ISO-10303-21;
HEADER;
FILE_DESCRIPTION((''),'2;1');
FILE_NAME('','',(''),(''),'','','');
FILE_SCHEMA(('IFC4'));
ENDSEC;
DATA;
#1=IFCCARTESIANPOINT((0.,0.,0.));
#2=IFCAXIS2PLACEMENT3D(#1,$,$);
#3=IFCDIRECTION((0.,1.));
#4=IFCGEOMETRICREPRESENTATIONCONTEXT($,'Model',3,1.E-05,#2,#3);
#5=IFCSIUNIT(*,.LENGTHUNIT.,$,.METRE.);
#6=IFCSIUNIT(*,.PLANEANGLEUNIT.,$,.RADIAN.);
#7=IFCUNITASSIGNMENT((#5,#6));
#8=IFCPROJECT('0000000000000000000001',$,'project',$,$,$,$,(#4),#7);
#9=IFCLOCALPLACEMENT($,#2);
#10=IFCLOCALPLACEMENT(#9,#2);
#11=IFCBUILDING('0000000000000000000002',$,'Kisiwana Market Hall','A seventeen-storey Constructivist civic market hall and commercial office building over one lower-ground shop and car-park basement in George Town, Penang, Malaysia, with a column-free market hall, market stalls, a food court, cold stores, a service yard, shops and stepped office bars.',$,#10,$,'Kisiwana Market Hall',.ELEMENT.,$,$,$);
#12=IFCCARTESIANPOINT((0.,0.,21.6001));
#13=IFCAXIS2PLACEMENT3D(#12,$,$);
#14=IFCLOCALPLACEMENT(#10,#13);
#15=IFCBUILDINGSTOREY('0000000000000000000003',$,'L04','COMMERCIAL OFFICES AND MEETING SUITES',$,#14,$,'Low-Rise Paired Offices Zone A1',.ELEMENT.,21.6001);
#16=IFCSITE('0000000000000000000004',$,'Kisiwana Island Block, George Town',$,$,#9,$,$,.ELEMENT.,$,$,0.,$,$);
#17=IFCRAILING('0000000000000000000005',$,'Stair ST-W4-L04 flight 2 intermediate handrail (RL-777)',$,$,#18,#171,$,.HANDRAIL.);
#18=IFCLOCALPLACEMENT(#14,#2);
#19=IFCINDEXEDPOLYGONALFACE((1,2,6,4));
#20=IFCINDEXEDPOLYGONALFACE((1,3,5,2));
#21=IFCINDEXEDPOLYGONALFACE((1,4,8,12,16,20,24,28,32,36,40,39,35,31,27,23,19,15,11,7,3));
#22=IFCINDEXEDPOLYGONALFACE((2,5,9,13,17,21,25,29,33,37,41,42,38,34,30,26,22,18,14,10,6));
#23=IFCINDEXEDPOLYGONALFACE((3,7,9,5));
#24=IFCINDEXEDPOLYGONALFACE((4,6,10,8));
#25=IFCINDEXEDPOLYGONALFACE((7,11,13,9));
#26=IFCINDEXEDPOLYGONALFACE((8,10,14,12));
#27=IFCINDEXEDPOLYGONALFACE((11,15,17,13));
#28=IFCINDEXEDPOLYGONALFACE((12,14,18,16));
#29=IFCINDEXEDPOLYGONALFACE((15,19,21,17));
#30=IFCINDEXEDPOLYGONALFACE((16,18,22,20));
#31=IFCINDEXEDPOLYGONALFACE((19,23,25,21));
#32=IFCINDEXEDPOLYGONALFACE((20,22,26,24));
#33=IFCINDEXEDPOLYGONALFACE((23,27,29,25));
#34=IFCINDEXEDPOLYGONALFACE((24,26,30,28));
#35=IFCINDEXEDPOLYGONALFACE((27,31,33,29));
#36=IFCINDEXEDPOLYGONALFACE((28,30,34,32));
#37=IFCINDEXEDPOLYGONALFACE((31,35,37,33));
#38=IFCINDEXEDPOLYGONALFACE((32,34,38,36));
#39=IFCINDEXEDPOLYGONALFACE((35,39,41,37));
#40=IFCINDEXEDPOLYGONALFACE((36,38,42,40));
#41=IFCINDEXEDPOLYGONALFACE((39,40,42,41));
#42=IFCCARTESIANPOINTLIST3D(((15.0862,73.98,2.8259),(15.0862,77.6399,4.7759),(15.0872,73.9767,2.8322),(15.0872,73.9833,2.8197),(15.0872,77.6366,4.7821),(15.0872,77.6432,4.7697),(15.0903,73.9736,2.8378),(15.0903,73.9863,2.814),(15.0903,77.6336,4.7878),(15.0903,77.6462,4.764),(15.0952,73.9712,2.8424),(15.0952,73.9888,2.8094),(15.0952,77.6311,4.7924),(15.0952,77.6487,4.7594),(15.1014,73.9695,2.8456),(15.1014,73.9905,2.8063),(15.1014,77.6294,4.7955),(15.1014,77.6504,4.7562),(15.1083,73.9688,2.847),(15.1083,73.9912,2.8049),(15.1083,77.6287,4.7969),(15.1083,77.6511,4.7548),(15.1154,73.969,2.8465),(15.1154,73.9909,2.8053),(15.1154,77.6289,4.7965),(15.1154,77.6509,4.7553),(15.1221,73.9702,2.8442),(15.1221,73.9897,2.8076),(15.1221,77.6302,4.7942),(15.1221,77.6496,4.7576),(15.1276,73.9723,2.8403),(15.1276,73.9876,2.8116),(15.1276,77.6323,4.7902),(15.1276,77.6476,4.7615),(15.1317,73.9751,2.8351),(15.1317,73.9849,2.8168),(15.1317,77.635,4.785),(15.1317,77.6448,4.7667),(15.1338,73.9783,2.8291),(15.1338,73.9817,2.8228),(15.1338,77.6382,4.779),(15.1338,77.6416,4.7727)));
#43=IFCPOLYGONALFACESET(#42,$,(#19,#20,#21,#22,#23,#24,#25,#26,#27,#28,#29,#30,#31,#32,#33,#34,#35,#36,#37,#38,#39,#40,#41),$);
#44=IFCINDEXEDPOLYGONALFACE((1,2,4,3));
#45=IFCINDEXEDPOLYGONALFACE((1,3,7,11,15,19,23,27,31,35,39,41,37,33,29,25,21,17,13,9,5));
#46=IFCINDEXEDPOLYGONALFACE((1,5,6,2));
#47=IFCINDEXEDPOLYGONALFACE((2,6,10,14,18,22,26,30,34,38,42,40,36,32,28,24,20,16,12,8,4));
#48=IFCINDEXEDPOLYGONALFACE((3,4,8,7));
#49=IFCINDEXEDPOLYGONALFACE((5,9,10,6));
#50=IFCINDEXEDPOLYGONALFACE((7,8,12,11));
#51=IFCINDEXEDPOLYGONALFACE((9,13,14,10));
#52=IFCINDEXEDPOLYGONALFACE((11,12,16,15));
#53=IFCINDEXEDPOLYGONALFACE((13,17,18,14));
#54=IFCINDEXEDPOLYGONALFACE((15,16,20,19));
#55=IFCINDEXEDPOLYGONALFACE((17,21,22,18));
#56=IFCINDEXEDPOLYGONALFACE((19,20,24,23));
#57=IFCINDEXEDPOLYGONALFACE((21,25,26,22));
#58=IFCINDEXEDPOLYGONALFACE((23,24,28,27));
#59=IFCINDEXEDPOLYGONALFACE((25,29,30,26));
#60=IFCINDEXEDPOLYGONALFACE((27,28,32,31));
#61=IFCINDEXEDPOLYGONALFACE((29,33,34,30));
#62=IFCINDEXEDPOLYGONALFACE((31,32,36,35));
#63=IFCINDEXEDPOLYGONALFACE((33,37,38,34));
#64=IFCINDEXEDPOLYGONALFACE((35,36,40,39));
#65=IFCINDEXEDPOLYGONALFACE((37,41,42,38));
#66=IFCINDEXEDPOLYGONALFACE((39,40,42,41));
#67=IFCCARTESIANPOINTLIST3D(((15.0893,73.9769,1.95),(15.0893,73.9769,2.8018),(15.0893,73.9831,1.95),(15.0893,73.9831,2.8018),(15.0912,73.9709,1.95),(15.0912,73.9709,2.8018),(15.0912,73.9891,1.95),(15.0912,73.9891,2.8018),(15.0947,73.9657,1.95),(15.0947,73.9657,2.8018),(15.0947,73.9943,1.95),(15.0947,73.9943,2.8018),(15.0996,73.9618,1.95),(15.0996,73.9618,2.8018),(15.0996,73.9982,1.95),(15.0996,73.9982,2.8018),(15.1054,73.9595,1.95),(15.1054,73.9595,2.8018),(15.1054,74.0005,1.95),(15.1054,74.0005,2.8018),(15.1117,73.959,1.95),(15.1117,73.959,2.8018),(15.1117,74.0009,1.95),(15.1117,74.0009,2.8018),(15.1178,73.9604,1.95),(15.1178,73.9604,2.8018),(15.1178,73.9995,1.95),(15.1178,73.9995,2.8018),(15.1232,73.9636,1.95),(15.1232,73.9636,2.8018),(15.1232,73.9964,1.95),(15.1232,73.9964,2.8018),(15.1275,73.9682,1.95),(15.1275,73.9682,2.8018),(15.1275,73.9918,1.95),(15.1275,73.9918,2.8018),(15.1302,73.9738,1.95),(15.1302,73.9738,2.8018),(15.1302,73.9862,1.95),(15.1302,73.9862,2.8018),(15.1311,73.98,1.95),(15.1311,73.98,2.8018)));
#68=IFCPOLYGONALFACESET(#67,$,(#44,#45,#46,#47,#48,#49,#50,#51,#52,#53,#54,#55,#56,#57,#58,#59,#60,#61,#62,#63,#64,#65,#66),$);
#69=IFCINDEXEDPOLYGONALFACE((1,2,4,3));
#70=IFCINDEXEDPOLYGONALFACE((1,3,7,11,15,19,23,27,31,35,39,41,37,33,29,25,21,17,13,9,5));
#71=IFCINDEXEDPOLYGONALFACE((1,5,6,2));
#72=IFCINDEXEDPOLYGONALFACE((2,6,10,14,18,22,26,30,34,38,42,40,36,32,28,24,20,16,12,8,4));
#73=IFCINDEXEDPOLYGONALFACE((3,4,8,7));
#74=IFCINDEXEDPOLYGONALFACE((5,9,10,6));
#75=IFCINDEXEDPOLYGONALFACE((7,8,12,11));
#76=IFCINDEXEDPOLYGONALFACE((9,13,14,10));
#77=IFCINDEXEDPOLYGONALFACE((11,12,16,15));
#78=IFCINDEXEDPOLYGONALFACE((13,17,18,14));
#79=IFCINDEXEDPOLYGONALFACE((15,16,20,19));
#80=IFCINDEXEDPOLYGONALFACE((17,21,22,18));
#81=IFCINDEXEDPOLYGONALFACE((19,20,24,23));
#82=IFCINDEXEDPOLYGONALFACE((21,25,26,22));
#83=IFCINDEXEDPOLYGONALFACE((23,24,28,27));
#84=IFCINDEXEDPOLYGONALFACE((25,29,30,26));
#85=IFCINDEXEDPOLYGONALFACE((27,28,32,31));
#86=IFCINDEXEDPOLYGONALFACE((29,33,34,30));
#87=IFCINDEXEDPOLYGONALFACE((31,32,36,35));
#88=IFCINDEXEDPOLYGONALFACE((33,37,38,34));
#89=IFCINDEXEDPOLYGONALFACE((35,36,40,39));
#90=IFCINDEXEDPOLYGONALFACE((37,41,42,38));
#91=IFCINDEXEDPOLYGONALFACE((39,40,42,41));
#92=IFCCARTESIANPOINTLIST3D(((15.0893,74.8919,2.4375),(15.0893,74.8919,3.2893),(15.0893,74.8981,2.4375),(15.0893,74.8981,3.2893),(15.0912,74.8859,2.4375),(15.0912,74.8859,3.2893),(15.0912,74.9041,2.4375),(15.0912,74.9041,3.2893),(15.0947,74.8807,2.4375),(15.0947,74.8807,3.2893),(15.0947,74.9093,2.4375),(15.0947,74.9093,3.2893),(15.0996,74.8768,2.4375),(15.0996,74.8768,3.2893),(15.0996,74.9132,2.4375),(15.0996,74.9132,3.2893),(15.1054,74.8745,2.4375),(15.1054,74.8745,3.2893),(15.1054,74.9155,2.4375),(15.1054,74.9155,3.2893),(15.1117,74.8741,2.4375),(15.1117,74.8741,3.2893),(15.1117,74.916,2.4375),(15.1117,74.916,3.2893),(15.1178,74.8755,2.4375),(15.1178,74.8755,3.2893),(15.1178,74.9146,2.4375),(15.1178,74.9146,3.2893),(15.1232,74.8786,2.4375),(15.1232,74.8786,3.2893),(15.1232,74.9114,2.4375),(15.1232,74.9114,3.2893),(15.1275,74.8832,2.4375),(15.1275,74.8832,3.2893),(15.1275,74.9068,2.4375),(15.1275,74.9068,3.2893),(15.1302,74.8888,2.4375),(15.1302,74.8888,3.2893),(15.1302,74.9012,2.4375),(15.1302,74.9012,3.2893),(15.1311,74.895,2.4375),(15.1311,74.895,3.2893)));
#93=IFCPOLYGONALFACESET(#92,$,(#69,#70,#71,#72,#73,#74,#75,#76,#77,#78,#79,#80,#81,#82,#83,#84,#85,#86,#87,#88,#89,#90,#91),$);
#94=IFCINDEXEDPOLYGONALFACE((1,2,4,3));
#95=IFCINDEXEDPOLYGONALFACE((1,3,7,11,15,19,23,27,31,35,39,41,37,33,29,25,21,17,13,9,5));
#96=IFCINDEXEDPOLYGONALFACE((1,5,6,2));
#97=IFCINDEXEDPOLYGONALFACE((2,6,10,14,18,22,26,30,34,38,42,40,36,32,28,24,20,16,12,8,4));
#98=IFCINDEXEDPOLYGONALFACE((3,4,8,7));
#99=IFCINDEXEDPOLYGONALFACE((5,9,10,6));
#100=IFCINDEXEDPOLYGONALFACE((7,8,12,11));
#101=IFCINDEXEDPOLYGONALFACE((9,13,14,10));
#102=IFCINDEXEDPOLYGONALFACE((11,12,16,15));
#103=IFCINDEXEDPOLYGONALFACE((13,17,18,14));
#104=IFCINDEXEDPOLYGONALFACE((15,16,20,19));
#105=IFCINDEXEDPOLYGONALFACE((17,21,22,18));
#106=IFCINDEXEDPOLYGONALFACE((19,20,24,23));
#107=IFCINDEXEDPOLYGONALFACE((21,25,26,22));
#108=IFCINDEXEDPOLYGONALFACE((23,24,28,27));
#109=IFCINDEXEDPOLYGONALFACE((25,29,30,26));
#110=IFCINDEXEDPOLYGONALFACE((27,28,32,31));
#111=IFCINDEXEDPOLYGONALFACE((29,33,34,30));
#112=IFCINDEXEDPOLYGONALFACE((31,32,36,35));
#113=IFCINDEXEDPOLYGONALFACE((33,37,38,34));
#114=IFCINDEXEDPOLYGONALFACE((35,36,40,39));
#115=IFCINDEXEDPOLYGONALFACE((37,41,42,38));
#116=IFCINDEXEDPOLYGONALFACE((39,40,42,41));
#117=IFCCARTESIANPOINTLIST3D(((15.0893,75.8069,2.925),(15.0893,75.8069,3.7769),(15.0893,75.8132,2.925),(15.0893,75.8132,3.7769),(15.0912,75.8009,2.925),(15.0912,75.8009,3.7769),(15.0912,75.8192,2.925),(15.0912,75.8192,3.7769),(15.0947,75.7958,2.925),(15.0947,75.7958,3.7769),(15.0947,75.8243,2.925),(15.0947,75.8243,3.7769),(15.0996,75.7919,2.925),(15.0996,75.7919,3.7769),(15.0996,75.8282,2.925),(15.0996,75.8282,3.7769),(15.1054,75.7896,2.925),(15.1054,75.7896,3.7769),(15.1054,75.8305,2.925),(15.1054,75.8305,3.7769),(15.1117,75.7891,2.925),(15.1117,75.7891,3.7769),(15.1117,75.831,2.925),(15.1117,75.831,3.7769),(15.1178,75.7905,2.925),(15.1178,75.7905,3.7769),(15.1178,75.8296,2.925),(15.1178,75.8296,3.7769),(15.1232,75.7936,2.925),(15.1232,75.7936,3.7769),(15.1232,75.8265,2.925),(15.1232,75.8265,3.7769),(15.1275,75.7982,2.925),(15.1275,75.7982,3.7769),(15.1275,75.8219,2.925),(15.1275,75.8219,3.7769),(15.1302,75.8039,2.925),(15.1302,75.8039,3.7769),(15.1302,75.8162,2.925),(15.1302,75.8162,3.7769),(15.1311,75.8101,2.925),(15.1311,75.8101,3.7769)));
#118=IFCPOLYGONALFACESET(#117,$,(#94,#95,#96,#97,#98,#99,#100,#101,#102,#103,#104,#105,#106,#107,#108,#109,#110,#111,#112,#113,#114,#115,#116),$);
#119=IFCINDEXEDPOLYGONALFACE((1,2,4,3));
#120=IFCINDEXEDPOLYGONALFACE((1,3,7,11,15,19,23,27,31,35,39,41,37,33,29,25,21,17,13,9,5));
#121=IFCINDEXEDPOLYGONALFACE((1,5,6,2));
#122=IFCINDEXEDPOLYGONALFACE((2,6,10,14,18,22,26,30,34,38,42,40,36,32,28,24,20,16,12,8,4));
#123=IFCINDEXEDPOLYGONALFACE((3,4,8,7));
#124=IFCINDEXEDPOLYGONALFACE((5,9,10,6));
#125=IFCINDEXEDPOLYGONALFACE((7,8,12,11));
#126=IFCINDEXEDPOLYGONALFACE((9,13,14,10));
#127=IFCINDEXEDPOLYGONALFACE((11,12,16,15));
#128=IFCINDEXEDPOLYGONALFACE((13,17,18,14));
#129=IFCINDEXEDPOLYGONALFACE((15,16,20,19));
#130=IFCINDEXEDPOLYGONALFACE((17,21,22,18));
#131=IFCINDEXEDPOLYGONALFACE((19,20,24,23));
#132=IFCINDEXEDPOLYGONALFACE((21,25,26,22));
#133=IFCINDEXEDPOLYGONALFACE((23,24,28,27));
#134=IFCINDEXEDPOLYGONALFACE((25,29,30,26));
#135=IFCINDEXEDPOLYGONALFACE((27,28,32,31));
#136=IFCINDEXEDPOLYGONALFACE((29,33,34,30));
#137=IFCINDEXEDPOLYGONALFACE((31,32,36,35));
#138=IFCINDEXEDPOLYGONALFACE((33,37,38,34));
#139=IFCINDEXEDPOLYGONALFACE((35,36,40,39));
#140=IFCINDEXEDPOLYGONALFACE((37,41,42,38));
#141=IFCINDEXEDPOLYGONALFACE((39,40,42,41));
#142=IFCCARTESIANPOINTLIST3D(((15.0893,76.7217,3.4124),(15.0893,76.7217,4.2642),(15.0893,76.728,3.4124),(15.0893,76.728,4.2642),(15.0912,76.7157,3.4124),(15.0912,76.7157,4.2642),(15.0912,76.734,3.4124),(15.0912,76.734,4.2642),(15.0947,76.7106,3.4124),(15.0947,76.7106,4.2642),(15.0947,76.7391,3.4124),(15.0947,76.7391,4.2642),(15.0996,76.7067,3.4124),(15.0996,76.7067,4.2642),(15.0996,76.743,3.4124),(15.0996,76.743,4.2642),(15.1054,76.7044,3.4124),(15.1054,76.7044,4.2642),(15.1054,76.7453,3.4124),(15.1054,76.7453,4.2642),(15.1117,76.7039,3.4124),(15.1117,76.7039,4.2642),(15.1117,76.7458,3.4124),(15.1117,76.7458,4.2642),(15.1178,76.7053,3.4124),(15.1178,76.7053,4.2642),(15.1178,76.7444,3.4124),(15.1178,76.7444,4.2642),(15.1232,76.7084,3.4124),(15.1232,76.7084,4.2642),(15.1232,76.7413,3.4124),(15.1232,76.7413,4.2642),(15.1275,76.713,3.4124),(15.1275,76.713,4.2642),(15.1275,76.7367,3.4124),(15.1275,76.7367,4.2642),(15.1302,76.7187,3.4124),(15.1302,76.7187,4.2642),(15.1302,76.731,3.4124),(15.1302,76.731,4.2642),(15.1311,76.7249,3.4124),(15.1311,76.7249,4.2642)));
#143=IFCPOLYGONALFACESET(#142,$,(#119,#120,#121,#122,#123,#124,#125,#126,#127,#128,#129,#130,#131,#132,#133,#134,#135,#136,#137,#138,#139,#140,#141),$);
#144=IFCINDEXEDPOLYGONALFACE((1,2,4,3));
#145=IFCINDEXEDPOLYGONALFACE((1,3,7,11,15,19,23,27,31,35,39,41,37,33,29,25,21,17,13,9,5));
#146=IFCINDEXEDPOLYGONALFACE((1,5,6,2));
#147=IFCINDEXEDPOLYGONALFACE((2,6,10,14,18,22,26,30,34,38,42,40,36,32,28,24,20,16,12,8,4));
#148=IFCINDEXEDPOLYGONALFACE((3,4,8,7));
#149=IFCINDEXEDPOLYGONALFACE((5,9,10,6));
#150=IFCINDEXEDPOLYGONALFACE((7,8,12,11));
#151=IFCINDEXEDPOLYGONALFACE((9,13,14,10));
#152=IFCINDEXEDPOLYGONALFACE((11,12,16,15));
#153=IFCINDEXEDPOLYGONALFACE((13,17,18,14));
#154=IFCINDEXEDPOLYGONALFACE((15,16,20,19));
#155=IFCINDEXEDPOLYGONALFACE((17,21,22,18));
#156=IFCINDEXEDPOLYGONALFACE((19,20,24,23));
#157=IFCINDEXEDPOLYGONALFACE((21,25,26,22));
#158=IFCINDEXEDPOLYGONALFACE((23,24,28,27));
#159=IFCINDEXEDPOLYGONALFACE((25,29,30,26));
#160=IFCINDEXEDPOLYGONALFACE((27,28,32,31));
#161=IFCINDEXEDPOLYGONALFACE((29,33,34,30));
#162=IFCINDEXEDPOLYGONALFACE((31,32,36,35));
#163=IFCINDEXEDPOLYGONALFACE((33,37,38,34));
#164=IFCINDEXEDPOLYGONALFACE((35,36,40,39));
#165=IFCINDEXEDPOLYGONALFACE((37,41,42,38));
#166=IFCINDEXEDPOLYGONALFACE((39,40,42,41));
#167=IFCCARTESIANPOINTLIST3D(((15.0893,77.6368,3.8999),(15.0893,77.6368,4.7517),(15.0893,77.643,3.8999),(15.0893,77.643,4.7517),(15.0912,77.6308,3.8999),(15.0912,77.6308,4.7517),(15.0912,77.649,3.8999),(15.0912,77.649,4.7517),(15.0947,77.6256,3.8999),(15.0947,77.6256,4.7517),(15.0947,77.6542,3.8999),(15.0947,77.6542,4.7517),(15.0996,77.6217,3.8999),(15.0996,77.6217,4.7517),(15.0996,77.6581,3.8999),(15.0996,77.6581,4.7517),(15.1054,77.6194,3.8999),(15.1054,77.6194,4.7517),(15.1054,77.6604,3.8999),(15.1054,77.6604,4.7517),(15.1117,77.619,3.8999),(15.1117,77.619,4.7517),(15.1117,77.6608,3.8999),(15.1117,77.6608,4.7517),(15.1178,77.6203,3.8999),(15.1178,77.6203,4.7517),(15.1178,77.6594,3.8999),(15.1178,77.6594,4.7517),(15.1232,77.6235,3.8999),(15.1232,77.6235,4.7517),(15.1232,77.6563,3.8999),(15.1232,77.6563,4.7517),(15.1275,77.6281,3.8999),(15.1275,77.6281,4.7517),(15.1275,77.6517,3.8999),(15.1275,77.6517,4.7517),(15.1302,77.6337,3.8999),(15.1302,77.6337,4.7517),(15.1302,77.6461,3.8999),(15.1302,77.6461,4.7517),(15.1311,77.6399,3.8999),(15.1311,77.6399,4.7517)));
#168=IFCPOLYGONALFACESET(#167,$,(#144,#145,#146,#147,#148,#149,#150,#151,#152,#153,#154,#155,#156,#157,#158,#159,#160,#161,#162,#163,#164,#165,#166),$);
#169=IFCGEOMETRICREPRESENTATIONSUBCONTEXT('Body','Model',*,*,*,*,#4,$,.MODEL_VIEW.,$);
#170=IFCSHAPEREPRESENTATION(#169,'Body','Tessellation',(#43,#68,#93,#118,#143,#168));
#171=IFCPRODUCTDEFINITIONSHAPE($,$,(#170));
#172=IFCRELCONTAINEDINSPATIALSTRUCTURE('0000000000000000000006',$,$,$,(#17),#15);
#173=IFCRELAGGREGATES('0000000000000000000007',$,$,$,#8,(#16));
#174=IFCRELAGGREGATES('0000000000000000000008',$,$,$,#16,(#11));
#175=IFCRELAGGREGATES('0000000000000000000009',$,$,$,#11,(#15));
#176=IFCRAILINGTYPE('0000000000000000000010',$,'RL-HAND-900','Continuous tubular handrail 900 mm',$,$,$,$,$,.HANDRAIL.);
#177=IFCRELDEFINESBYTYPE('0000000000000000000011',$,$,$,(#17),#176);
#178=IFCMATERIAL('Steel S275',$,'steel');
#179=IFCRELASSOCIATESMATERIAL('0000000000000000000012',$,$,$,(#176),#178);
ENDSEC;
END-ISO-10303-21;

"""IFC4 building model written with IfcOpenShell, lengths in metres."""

from ifc_helpers import new_model, si_unit, direction, frame, origin, origin_2d, place, context, subcontext, project, spatial, circle, extrude, material, type_object, element, save


model = new_model("IFC4")

# Units and contexts
model_context = context("Model", 3, precision=1e-05, world=origin(), true_north=direction((0.0, 1.0)))
body_context = subcontext(model_context, "Body", "Model", "MODEL_VIEW")
ifc_project = project(units=[si_unit("LENGTHUNIT", "METRE"), si_unit("PLANEANGLEUNIT", "RADIAN")], contexts=[model_context])

# Site, building, storey
site_placement = place(None, origin())
site = spatial("IfcSite", under=ifc_project, at=site_placement, Name="Kisiwana Island Block, George Town", CompositionType="ELEMENT", RefElevation=0.0)
building_placement = place(site_placement, origin())
building = spatial("IfcBuilding", under=site, at=building_placement, Name="Kisiwana Market Hall", Description="A seventeen-storey Constructivist civic market hall and commercial office building over one lower-ground shop and car-park basement in George Town, Penang, Malaysia, with a column-free market hall, market stalls, a food court, cold stores, a service yard, shops and stepped office bars.", LongName="Kisiwana Market Hall", CompositionType="ELEMENT")
storey_placement = place(building_placement, frame((0.0, 0.0, 21.6001)))
storey = spatial("IfcBuildingStorey", under=building, at=storey_placement, Name="L04", Description="COMMERCIAL OFFICES AND MEETING SUITES", LongName="Low-Rise Paired Offices Zone A1", CompositionType="ELEMENT", Elevation=21.6001)

# Railing
ifc_material_1 = material(Name="Steel S275", Category="steel")
railing_type_1 = type_object("IfcRailingType", Name="RL-HAND-900", Description="Continuous tubular handrail 900 mm", PredefinedType="HANDRAIL", material=ifc_material_1)
railing_1_placement = place(storey_placement, frame((15.1101, 73.98, 1.95)))
element("IfcRailing", 1, at=railing_1_placement, inside=storey, type_object=railing_type_1, Name="Stair ST-W4-L04 flight 2 intermediate handrail (RL-777)", PredefinedType="HANDRAIL", context=body_context, shape_type="SweptSolid", body=[
    extrude(circle(Radius=0.0239, at=origin_2d()), frame((0.0, 0.0, 0.876), z_axis=(0.0, 0.882553, 0.470212), x_axis=(-1.0, 0.0, 0.0)), (0.0, 0.0, 1.0), 4.147),
    extrude(circle(Radius=0.021, at=origin_2d()), origin(), (0.0, 0.0, 1.0), 0.8518),
    extrude(circle(Radius=0.021, at=origin_2d()), frame((0.0, 0.915, 0.4875)), (0.0, 0.0, 1.0), 0.8518),
    extrude(circle(Radius=0.021, at=origin_2d()), frame((0.0, 1.8301, 0.9751)), (0.0, 0.0, 1.0), 0.8518),
    extrude(circle(Radius=0.021, at=origin_2d()), frame((0.0, 2.7449, 1.4624)), (0.0, 0.0, 1.0), 0.8518),
    extrude(circle(Radius=0.021, at=origin_2d()), frame((0.0, 3.6599, 1.95)), (0.0, 0.0, 1.0), 0.8518),
])

save(model, "model.ifc")
